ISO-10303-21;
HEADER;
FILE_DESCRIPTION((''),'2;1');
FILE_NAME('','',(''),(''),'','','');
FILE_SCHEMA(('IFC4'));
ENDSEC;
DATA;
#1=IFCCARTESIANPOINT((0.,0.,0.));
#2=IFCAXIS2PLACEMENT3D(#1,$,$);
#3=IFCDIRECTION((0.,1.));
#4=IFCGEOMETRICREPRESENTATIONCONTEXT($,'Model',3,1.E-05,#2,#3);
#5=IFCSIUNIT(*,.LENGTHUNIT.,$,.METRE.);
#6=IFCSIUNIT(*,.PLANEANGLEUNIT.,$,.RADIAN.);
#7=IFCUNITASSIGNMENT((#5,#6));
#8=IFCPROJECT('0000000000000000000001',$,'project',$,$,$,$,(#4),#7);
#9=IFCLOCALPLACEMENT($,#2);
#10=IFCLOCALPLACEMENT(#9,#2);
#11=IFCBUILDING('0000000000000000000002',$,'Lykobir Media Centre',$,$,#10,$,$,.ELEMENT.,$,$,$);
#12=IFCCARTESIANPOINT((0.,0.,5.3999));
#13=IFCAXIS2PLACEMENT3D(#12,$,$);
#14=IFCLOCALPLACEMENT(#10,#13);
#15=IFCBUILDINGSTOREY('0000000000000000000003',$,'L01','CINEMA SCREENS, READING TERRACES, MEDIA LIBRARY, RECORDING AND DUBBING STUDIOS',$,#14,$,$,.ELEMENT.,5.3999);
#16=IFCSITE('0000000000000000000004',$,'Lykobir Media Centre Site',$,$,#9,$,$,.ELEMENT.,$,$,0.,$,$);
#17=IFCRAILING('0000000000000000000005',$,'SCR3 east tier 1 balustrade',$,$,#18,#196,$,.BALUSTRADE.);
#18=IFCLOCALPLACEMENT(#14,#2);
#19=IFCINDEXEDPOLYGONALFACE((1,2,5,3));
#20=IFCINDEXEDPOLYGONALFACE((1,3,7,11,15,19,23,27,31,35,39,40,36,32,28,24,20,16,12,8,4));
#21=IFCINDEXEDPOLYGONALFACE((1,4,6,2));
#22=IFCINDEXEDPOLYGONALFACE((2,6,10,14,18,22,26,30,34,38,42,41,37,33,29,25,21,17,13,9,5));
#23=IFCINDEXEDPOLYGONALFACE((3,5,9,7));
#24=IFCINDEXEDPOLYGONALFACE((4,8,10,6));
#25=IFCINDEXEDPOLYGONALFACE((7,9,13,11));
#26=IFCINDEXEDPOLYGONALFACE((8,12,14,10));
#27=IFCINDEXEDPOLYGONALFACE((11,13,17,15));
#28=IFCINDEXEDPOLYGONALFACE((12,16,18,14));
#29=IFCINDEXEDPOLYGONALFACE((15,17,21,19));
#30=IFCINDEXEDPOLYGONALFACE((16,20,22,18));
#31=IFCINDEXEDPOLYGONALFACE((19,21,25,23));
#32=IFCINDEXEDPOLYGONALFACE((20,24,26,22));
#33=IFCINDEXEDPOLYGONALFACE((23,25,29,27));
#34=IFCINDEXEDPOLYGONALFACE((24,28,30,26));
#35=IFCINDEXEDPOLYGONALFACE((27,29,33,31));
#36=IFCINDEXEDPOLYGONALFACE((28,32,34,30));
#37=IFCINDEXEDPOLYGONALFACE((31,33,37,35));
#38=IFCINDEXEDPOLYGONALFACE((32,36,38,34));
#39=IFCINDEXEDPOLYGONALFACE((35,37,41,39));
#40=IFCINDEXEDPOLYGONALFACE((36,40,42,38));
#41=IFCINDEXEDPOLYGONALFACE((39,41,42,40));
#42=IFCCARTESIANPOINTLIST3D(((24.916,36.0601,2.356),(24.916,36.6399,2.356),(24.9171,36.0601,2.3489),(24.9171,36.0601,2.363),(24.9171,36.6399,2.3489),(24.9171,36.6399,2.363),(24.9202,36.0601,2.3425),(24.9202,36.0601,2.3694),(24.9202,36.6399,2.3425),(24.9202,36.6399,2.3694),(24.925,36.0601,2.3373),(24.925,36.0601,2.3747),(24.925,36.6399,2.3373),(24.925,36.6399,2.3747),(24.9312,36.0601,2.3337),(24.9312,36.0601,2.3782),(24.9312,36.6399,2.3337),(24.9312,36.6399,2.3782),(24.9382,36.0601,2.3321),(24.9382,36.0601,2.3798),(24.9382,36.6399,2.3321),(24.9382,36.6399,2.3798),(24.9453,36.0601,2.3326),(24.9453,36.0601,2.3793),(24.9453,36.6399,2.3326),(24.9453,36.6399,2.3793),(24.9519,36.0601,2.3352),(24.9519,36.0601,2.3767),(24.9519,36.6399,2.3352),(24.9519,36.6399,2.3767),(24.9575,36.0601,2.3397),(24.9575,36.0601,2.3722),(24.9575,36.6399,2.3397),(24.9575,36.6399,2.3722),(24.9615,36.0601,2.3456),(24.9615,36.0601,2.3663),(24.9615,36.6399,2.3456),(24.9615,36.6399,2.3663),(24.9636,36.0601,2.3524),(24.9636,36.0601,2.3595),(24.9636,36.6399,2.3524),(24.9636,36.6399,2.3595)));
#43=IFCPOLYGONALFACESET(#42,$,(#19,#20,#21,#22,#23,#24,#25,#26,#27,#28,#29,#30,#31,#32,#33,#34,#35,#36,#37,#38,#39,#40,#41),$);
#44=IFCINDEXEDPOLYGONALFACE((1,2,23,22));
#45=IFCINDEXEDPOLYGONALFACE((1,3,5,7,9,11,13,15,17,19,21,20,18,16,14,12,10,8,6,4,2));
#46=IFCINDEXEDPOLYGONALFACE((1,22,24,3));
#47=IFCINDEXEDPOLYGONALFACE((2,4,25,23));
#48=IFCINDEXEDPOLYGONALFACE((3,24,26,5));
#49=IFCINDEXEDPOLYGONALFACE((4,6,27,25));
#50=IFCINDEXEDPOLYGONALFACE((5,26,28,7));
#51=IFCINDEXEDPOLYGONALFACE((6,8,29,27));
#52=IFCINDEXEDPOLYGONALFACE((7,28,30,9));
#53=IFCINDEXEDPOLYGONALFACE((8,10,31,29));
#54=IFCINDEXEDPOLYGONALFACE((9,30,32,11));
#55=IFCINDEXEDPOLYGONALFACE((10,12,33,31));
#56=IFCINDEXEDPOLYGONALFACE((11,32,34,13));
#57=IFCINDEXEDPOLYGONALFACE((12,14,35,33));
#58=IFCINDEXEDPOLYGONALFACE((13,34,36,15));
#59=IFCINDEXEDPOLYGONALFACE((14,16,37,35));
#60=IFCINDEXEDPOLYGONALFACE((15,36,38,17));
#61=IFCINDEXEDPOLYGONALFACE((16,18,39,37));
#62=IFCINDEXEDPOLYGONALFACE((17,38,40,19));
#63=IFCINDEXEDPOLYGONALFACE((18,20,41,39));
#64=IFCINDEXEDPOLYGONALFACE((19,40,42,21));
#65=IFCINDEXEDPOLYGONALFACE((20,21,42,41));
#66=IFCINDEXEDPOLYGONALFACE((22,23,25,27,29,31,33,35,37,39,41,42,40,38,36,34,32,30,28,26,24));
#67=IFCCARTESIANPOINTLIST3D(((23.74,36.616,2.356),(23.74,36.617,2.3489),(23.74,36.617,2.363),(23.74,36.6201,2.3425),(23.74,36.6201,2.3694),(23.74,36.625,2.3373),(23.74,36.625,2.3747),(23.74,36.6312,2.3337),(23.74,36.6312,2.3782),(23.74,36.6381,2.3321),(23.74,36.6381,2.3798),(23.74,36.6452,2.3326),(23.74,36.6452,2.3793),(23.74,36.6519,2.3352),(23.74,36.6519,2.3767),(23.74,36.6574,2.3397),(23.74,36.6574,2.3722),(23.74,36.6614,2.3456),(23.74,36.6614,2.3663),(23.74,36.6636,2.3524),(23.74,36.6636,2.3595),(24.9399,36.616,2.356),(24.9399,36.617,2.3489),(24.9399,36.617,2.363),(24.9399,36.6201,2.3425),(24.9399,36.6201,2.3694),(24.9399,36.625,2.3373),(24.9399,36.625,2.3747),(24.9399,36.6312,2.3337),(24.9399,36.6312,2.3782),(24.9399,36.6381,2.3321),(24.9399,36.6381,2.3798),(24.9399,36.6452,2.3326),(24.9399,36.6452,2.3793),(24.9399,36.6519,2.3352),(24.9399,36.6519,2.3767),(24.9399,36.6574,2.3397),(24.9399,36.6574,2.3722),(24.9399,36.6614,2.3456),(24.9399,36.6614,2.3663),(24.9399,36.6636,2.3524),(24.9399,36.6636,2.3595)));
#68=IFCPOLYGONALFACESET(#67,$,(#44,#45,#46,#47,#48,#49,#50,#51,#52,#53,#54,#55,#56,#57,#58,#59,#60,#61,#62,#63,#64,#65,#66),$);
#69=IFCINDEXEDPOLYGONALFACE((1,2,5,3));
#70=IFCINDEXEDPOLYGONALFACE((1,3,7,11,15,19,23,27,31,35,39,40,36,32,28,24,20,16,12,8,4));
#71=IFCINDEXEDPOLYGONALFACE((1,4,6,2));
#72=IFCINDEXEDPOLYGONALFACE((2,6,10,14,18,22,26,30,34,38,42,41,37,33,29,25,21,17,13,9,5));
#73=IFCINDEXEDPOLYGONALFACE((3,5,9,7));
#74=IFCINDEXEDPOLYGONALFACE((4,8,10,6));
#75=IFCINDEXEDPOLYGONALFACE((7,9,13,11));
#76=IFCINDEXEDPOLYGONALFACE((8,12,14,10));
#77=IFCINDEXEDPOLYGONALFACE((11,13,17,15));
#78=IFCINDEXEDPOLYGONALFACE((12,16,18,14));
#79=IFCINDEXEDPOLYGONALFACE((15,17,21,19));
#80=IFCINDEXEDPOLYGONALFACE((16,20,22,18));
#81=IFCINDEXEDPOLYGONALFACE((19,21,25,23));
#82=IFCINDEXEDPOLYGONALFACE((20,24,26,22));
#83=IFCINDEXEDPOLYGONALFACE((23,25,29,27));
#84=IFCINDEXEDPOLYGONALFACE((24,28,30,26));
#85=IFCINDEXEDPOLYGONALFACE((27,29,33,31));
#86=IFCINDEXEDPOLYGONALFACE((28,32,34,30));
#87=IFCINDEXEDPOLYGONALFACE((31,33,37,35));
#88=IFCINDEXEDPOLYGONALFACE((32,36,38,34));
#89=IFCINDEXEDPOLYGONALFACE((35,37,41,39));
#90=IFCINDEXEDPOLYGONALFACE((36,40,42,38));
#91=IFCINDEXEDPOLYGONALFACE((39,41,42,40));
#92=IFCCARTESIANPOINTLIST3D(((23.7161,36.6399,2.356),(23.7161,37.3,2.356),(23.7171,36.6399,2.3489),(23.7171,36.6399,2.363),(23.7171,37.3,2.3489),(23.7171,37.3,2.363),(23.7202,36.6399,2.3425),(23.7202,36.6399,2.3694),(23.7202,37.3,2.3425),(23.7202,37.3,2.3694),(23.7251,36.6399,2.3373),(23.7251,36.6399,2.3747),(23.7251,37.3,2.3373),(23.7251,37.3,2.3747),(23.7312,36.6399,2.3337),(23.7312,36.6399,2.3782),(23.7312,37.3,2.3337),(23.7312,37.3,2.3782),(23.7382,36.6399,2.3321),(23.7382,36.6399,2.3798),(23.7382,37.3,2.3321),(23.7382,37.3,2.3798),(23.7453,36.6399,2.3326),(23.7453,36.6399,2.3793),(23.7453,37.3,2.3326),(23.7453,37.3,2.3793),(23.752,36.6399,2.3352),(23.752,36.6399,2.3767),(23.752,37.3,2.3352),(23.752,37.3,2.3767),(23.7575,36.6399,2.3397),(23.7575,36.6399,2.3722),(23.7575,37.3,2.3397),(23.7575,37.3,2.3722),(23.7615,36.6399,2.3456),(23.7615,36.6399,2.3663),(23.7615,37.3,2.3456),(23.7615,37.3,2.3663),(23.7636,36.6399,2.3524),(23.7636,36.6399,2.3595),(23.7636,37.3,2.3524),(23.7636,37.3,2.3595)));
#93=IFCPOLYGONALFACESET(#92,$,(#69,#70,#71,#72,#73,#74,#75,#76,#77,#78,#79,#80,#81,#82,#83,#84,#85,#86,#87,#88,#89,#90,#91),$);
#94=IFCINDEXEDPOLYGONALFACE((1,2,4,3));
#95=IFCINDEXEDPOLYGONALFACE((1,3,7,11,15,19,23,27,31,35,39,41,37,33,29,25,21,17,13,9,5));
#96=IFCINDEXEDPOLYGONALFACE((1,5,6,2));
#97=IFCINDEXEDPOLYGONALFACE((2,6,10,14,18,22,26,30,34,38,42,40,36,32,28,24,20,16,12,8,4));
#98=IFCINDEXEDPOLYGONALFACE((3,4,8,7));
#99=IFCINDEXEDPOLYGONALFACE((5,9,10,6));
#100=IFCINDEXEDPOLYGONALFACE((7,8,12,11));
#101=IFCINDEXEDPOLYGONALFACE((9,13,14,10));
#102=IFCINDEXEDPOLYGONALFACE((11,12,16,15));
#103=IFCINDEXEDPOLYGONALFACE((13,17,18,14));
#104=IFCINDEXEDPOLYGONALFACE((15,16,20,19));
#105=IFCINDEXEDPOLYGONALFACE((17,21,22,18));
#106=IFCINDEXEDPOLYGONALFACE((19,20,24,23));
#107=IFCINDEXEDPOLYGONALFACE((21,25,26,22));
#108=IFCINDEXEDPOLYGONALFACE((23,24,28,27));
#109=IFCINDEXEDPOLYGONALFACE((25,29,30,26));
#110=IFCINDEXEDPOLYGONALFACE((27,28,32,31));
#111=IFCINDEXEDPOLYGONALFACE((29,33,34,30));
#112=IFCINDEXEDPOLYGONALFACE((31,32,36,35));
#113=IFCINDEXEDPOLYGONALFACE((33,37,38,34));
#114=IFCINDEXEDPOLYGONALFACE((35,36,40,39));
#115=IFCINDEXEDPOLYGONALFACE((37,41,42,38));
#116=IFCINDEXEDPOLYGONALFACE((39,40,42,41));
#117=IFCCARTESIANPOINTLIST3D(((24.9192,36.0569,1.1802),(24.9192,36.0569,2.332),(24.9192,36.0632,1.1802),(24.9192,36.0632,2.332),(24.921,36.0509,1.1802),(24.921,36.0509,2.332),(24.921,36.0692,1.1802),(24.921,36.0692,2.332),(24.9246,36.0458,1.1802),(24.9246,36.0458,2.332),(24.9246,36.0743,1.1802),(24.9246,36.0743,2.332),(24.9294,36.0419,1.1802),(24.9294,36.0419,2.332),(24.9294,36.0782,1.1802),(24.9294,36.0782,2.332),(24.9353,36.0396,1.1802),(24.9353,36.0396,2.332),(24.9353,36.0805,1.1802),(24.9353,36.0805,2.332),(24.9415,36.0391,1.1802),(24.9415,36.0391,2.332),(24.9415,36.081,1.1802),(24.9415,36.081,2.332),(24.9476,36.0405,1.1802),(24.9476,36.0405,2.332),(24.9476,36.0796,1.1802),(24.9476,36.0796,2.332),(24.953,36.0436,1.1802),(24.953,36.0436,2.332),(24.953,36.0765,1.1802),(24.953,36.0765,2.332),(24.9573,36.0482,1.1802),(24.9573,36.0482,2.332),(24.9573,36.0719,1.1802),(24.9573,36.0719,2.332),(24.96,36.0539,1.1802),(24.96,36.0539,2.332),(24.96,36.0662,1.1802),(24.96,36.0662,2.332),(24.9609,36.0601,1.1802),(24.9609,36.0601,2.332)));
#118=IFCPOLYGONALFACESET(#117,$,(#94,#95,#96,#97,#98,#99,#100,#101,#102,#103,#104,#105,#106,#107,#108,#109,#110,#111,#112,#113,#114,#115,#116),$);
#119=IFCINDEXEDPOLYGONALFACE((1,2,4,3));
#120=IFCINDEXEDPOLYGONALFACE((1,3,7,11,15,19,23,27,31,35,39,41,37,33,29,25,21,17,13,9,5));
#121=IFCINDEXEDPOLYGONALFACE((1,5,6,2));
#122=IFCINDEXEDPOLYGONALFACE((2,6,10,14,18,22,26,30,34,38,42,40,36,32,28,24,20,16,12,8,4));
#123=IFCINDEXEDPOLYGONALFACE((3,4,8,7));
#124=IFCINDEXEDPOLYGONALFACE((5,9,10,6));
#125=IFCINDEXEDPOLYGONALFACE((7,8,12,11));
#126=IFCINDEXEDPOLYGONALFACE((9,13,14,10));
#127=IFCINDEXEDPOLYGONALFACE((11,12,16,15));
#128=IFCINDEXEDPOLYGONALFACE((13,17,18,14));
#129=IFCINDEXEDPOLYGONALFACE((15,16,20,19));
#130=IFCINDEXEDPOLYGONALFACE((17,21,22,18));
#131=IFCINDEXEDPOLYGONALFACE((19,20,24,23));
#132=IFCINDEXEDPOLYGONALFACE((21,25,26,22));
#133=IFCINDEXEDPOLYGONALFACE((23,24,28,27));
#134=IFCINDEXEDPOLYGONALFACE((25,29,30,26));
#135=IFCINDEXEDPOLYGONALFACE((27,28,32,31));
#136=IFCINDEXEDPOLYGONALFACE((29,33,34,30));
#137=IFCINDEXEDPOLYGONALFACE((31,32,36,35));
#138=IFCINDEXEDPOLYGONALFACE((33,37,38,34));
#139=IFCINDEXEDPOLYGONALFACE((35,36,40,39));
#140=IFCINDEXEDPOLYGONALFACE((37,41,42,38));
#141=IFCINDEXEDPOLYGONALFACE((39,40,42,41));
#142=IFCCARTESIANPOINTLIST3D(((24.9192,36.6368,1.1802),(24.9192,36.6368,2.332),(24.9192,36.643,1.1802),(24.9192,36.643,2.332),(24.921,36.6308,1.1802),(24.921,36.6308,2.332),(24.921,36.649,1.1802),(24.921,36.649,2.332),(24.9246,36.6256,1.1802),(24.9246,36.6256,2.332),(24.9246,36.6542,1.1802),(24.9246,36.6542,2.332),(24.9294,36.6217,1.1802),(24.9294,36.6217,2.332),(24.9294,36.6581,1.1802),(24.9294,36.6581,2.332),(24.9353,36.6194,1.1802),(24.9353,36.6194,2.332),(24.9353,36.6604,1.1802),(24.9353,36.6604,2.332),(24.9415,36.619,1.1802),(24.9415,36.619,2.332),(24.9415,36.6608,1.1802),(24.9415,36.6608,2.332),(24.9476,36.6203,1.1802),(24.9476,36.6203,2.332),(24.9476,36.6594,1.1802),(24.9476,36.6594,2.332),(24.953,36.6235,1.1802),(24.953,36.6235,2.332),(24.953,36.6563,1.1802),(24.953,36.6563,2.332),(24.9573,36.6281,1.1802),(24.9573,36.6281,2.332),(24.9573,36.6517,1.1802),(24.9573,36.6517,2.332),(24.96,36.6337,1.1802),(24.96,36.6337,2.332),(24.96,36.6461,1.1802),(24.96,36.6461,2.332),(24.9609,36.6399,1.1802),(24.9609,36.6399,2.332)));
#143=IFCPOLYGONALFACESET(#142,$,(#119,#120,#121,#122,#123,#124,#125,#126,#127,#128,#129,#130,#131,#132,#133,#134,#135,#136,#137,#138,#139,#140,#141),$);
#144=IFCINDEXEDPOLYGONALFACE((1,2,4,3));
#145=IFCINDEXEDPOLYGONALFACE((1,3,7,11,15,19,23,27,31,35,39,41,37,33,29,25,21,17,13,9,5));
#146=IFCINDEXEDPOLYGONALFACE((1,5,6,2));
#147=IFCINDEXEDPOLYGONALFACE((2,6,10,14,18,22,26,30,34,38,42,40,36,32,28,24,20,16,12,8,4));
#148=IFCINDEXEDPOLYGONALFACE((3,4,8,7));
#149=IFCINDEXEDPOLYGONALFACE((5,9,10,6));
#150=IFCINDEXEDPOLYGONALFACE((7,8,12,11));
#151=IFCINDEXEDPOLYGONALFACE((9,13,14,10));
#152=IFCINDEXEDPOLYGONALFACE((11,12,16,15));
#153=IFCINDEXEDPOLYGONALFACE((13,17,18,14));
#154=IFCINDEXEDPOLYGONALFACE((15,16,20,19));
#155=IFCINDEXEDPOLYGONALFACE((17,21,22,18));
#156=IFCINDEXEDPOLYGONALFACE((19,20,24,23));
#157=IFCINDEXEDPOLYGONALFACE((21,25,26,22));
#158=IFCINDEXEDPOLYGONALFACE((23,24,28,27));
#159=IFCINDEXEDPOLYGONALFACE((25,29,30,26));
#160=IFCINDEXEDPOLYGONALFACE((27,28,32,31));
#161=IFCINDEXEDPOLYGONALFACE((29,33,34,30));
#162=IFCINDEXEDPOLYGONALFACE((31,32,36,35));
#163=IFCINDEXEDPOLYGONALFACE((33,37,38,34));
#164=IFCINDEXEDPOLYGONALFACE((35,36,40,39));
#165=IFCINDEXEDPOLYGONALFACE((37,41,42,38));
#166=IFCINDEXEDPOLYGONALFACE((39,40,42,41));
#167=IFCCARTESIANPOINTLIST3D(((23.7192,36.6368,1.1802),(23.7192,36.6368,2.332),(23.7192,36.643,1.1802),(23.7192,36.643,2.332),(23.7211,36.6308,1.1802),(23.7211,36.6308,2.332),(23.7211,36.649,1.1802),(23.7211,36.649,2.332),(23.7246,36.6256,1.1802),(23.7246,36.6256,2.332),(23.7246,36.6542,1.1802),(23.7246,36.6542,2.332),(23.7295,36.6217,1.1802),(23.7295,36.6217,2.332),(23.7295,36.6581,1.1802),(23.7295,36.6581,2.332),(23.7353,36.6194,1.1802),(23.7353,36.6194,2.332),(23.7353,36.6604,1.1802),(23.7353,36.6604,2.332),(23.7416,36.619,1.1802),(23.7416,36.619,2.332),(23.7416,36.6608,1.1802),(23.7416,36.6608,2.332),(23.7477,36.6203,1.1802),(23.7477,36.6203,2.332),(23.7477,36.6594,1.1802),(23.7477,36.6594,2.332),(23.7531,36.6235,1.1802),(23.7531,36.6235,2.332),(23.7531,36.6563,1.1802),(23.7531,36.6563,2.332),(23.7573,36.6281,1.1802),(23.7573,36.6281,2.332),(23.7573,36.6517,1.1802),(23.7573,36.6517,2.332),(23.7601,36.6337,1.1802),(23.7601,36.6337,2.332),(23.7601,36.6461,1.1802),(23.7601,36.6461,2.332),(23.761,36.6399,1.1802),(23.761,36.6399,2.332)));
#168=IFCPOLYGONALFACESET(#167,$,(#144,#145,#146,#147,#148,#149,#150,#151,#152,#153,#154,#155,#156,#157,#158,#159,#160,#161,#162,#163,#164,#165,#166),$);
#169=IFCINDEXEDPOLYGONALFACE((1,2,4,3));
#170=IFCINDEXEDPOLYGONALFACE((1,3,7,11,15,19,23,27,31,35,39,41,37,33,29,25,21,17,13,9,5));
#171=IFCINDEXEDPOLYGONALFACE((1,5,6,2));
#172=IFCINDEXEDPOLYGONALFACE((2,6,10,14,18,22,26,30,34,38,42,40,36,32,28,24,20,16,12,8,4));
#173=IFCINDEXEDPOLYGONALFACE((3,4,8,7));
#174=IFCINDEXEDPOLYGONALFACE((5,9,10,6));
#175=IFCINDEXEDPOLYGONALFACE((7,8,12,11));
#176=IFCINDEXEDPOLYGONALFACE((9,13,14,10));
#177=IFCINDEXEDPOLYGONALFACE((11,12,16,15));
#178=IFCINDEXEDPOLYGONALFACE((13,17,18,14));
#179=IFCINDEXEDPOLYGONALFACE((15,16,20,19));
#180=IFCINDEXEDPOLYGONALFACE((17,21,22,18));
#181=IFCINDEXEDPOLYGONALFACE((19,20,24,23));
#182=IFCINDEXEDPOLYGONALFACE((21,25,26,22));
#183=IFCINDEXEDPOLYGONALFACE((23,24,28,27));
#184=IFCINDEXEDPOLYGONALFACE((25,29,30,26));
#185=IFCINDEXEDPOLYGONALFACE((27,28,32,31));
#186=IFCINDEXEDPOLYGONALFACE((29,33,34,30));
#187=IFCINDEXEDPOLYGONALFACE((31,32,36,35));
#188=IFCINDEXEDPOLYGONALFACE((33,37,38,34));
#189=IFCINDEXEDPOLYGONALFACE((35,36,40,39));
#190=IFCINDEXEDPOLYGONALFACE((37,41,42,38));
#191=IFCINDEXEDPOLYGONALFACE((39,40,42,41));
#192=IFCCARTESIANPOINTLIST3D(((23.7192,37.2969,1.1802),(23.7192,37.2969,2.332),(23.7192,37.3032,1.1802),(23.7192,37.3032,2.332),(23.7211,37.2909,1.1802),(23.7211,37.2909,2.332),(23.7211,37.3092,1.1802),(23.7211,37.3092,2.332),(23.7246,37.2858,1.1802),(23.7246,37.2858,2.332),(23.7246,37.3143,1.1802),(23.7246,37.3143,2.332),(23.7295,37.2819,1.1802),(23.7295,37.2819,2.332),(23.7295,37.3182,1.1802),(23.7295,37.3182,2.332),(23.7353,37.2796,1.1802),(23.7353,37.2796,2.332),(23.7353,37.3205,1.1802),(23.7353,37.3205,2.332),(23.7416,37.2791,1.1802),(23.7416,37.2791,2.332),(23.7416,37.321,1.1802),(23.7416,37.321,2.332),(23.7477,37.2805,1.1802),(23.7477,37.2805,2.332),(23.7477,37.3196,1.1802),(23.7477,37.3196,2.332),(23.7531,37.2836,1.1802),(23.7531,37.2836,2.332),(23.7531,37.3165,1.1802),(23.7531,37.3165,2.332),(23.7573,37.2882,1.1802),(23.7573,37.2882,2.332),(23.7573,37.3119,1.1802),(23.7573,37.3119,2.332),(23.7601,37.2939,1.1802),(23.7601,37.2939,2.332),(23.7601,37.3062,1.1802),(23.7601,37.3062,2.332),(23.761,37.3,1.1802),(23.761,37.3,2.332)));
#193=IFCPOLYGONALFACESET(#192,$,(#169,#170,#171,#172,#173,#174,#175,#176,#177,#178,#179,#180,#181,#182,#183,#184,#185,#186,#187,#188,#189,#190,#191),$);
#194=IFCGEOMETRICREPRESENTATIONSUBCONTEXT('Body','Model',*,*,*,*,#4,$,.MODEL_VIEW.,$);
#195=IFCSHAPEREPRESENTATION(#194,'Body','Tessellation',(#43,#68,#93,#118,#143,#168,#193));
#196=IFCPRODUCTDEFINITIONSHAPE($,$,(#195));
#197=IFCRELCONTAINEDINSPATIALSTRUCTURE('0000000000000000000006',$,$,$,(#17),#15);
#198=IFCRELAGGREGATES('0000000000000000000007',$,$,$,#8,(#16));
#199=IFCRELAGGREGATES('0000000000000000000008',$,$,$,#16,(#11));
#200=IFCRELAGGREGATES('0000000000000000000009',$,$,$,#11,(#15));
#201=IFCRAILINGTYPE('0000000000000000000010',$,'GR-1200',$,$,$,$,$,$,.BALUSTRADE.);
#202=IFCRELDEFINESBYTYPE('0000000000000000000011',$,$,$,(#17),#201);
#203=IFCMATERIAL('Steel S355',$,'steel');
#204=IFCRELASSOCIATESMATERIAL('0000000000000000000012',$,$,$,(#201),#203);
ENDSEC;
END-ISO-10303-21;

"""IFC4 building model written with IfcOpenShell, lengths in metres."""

from ifc_helpers import new_model, si_unit, direction, frame, origin, origin_2d, place, context, subcontext, project, spatial, circle, extrude, material, type_object, element, save


model = new_model("IFC4")

# Units and contexts
model_context = context("Model", 3, precision=1e-05, world=origin(), true_north=direction((0.0, 1.0)))
body_context = subcontext(model_context, "Body", "Model", "MODEL_VIEW")
ifc_project = project(units=[si_unit("LENGTHUNIT", "METRE"), si_unit("PLANEANGLEUNIT", "RADIAN")], contexts=[model_context])

# Site, building, storey
site_placement = place(None, origin())
site = spatial("IfcSite", under=ifc_project, at=site_placement, Name="Lykobir Media Centre Site", CompositionType="ELEMENT", RefElevation=0.0)
building_placement = place(site_placement, origin())
building = spatial("IfcBuilding", under=site, at=building_placement, Name="Lykobir Media Centre", CompositionType="ELEMENT")
storey_placement = place(building_placement, frame((0.0, 0.0, 5.3999)))
storey = spatial("IfcBuildingStorey", under=building, at=storey_placement, Name="L01", Description="CINEMA SCREENS, READING TERRACES, MEDIA LIBRARY, RECORDING AND DUBBING STUDIOS", CompositionType="ELEMENT", Elevation=5.3999)

# Shared definitions
ifc_material = material(Name="Steel S355", Category="steel")

# Railing
railing_type = type_object("IfcRailingType", Name="GR-1200", PredefinedType="BALUSTRADE", material=ifc_material)
railing_1_placement = place(storey_placement, frame((24.9399, 36.0601, 1.1802)))
element("IfcRailing", 1, at=railing_1_placement, inside=storey, type_object=railing_type, Name="SCR3 east tier 1 balustrade", PredefinedType="BALUSTRADE", context=body_context, shape_type="SweptSolid", body=[
    extrude(circle(Radius=0.0239, at=origin_2d()), frame((0.0, 0.0, 1.1758), z_axis=(0.0, 1.0, 0.0), x_axis=(-1.0, 0.0, 0.0)), (0.0, 0.0, 1.0), 0.5798),
    extrude(circle(Radius=0.0239, at=origin_2d()), frame((0.0, 0.5798, 1.1758), z_axis=(-1.0, 0.0, 0.0), x_axis=(0.0, -1.0, 0.0)), (0.0, 0.0, 1.0), 1.2),
    extrude(circle(Radius=0.0239, at=origin_2d()), frame((-1.2, 0.5798, 1.1758), z_axis=(0.0, 1.0, 0.0), x_axis=(-1.0, 0.0, 0.0)), (0.0, 0.0, 1.0), 0.6602),
    extrude(circle(Radius=0.021, at=origin_2d()), origin(), (0.0, 0.0, 1.0), 1.1519),
    extrude(circle(Radius=0.021, at=origin_2d()), frame((0.0, 0.5798, 0.0)), (0.0, 0.0, 1.0), 1.1519),
    extrude(circle(Radius=0.021, at=origin_2d()), frame((-1.2, 0.5798, 0.0)), (0.0, 0.0, 1.0), 1.1519),
    extrude(circle(Radius=0.021, at=origin_2d()), frame((-1.2, 1.24, 0.0)), (0.0, 0.0, 1.0), 1.1519),
])

save(model, "model.ifc")
